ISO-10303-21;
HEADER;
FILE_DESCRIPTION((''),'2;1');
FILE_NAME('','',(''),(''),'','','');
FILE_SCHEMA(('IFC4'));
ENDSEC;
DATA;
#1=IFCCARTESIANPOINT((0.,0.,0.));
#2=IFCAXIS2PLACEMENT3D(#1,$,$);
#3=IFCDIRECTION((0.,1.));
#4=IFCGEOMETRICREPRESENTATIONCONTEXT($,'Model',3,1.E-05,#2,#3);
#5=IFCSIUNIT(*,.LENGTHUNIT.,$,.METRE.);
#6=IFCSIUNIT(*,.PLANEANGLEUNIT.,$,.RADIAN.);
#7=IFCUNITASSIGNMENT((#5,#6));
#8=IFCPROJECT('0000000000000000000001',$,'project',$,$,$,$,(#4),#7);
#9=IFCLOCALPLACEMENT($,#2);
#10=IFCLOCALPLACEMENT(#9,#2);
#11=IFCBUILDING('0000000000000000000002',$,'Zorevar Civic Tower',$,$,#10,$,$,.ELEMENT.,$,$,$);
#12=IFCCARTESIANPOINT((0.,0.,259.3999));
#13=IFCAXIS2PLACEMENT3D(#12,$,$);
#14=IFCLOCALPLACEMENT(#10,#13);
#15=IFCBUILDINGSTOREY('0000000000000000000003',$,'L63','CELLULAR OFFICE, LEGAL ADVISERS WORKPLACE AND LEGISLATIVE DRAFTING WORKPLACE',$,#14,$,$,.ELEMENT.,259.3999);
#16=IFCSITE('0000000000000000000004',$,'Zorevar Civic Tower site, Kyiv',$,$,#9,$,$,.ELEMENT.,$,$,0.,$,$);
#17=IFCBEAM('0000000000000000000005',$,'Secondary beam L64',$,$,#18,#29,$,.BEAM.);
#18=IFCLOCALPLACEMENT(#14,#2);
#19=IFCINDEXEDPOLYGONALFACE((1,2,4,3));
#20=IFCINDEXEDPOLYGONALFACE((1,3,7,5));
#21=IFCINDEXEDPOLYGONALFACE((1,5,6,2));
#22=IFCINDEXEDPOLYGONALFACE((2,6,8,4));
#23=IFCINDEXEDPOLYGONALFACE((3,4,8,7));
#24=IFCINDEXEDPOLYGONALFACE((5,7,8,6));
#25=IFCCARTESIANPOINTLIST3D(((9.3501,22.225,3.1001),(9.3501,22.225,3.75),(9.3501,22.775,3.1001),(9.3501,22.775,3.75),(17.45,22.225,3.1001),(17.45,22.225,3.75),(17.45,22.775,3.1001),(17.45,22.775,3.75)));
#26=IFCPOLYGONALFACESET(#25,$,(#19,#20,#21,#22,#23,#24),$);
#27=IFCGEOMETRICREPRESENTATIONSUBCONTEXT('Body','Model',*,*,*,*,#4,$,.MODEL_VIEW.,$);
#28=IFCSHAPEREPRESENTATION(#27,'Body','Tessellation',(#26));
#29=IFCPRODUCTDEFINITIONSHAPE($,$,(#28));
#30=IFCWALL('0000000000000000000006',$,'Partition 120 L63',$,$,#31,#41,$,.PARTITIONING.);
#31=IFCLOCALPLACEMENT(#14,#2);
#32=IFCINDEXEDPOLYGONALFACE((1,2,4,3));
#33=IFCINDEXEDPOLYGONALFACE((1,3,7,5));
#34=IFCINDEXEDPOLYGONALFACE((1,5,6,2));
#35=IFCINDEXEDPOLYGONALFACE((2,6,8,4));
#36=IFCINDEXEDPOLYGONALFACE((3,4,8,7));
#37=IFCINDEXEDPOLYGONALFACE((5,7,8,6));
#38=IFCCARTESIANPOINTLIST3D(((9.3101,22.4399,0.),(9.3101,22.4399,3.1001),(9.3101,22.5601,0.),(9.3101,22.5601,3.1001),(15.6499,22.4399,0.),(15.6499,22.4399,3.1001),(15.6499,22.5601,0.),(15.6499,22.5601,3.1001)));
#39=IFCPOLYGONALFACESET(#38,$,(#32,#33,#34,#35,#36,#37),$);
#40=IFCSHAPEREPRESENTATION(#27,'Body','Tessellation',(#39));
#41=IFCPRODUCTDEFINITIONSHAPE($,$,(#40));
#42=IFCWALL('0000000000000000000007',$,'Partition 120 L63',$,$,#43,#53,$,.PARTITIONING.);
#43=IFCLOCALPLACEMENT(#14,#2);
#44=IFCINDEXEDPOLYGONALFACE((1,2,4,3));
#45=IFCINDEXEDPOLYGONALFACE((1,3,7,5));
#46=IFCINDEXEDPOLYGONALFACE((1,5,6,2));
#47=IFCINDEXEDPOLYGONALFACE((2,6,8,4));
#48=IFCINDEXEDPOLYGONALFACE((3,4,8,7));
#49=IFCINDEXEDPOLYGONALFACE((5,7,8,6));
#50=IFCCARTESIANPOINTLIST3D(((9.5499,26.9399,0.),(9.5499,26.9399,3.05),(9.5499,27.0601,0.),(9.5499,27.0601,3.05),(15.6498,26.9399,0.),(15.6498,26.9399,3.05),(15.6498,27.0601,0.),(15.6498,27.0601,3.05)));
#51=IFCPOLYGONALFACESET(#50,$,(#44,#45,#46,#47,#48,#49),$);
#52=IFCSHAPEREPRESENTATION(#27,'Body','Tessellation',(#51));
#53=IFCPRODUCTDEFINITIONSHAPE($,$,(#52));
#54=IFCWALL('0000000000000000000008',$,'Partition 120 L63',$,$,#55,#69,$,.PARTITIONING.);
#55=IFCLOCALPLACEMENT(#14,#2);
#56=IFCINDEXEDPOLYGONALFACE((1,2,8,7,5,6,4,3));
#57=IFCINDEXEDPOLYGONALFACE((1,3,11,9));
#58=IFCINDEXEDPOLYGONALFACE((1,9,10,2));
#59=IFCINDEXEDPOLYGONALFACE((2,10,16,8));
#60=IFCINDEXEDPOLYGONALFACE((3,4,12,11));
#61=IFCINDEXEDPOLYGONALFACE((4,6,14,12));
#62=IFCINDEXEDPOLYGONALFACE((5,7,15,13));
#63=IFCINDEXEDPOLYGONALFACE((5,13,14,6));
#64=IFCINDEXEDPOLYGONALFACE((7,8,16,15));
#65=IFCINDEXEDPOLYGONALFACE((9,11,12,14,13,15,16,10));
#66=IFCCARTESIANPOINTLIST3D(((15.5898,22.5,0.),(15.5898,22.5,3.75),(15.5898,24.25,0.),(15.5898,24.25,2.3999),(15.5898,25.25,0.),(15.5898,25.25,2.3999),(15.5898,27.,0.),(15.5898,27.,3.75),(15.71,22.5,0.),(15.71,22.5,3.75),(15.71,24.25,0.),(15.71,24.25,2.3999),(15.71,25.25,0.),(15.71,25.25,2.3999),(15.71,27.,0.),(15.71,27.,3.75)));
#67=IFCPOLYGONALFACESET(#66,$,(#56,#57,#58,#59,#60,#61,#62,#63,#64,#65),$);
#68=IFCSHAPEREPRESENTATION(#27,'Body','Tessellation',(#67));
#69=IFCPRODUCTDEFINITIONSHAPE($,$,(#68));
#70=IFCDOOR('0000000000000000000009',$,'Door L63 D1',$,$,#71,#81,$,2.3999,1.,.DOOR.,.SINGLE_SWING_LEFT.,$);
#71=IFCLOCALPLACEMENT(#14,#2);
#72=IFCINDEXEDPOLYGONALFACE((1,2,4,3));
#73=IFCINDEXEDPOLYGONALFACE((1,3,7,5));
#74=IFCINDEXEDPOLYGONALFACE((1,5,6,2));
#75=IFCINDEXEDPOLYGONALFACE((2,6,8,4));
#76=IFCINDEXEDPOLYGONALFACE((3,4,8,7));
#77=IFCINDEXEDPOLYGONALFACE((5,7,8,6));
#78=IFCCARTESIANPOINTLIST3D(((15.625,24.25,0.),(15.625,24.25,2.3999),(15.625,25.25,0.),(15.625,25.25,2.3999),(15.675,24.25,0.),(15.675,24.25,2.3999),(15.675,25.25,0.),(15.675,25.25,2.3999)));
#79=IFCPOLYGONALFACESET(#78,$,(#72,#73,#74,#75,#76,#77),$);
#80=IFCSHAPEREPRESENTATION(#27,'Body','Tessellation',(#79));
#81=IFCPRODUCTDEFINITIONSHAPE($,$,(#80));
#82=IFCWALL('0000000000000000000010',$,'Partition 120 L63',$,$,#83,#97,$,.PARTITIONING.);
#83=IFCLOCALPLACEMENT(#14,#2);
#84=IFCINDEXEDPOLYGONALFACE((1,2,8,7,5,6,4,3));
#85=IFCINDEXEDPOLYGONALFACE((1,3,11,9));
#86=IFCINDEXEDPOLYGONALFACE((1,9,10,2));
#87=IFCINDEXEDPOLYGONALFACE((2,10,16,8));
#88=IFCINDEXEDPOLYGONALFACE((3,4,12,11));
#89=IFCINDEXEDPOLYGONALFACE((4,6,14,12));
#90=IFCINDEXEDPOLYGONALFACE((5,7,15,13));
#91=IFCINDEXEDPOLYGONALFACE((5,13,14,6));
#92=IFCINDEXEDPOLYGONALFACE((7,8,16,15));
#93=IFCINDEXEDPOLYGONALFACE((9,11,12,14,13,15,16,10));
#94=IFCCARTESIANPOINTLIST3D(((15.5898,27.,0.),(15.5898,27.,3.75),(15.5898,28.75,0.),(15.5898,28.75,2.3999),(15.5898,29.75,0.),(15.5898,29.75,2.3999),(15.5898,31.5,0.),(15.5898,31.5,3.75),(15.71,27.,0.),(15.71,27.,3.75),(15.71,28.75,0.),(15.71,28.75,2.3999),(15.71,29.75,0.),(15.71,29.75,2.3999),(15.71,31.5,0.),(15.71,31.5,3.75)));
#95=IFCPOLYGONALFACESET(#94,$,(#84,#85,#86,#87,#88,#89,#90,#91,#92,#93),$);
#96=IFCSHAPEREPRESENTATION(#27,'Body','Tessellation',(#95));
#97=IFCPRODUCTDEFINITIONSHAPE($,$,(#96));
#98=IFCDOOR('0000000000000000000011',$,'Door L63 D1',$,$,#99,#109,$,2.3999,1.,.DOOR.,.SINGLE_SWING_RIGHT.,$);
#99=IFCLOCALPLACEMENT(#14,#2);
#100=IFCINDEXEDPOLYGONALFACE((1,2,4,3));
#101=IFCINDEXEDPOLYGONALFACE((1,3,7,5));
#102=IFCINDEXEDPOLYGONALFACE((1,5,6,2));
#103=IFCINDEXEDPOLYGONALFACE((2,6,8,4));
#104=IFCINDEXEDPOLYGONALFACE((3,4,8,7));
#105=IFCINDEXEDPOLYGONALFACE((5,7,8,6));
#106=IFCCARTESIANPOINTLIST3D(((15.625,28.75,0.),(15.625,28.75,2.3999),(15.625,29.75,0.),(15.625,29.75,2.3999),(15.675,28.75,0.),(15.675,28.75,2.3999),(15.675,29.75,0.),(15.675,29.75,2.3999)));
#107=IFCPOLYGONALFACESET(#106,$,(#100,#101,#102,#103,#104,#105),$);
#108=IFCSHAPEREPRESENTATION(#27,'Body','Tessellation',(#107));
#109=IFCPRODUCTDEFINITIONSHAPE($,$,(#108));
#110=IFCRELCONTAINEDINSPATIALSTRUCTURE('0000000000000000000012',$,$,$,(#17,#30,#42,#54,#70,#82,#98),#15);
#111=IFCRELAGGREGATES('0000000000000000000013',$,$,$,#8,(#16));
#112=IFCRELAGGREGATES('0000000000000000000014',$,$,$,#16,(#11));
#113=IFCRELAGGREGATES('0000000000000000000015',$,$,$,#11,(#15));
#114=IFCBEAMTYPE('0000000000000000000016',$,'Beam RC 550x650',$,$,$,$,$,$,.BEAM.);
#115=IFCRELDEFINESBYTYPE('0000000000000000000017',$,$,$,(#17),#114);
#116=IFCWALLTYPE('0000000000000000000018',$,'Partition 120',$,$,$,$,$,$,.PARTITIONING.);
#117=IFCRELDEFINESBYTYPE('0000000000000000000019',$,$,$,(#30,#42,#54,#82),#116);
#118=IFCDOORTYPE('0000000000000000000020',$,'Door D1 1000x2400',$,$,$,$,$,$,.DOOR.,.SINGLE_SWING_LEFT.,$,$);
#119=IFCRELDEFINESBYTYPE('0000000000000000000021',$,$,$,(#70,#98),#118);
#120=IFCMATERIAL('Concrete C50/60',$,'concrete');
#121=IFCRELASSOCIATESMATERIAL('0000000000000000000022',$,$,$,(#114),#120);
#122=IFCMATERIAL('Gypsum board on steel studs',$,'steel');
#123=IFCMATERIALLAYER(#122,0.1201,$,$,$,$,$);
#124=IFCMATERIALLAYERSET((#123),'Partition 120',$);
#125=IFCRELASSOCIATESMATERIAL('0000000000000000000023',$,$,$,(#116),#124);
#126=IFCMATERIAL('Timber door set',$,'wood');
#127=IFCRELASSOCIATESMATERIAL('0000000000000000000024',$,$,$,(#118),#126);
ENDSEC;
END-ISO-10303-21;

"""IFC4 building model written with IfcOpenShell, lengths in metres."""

from ifc_helpers import new_model, si_unit, direction, frame, frame_2d, origin, origin_2d, place, context, subcontext, project, spatial, rectangle, extrude, material, layer, layer_set, material_profile, profile_set, type_object, element, fill, save


model = new_model("IFC4")

# Units and contexts
model_context = context("Model", 3, precision=1e-05, world=origin(), true_north=direction((0.0, 1.0)))
body_context = subcontext(model_context, "Body", "Model", "MODEL_VIEW")
ifc_project = project(units=[si_unit("LENGTHUNIT", "METRE"), si_unit("PLANEANGLEUNIT", "RADIAN")], contexts=[model_context])

# Site, building, storey
site_placement = place(None, origin())
site = spatial("IfcSite", under=ifc_project, at=site_placement, Name="Zorevar Civic Tower site, Kyiv", CompositionType="ELEMENT", RefElevation=0.0)
building_placement = place(site_placement, origin())
building = spatial("IfcBuilding", under=site, at=building_placement, Name="Zorevar Civic Tower", CompositionType="ELEMENT")
storey_placement = place(building_placement, frame((0.0, 0.0, 259.3999)))
storey = spatial("IfcBuildingStorey", under=building, at=storey_placement, Name="L63", Description="CELLULAR OFFICE, LEGAL ADVISERS WORKPLACE AND LEGISLATIVE DRAFTING WORKPLACE", CompositionType="ELEMENT", Elevation=259.3999)

# Beam
ifc_material_1 = material(Name="Concrete C50/60", Category="concrete")
ifc_material_profile = material_profile(ifc_material_1, rectangle(XDim=0.55, YDim=0.6499, at=origin_2d()), Name="RC 550x650")
ifc_profile_set = profile_set([ifc_material_profile], Name="Concrete C50/60")
beam_type = type_object("IfcBeamType", Name="Beam RC 550x650", PredefinedType="BEAM", material=ifc_profile_set)
beam_placement = place(storey_placement, frame((9.3501, 22.5, 3.425), z_axis=(1.0, 0.0, 0.0), x_axis=(0.0, 1.0, 0.0)))
element("IfcBeam", 1, at=beam_placement, inside=storey, type_object=beam_type, Name="Secondary beam L64", PredefinedType="BEAM", context=body_context, shape_type="SweptSolid", body=[
    extrude(rectangle(XDim=0.55, YDim=0.6499, at=origin_2d()), origin(), (0.0, 0.0, 1.0), 8.0999),
])

# Walls
ifc_material_2 = material(Name="Gypsum board on steel studs", Category="steel")
ifc_layer = layer(ifc_material_2, 0.1201)
ifc_layer_set = layer_set([ifc_layer], Name="Partition 120")
wall_type = type_object("IfcWallType", Name="Partition 120", PredefinedType="PARTITIONING", material=ifc_layer_set)
wall_1_placement = place(storey_placement, frame((9.3101, 22.5, 0.0), z_axis=(0.0, 0.0, 1.0), x_axis=(1.0, 0.0, 0.0)))
element("IfcWall", 2, at=wall_1_placement, inside=storey, type_object=wall_type, Name="Partition 120 L63", PredefinedType="PARTITIONING", context=body_context, shape_type="SweptSolid", body=[
    extrude(rectangle(XDim=6.3398, YDim=0.1201, at=frame_2d((3.1699, 0.0))), origin(), (0.0, 0.0, 1.0), 3.1001),
])
wall_2_placement = place(storey_placement, frame((9.55, 27.0, 0.0), z_axis=(0.0, 0.0, 1.0), x_axis=(1.0, 0.0, 0.0)))
element("IfcWall", 3, at=wall_2_placement, inside=storey, type_object=wall_type, Name="Partition 120 L63", PredefinedType="PARTITIONING", context=body_context, shape_type="SweptSolid", body=[
    extrude(rectangle(XDim=6.0999, YDim=0.1201, at=frame_2d((3.0498, 0.0))), origin(), (0.0, 0.0, 1.0), 3.05),
])

# Walls, openings, doors
wall_3_placement = place(storey_placement, frame((15.6499, 22.5, 0.0), z_axis=(0.0, 0.0, 1.0), x_axis=(0.0, 1.0, 0.0)))
wall_3 = element("IfcWall", 4, at=wall_3_placement, inside=storey, type_object=wall_type, Name="Partition 120 L63", PredefinedType="PARTITIONING", context=body_context, shape_type="SweptSolid", body=[
    extrude(rectangle(XDim=4.5, YDim=0.1201, at=frame_2d((2.25, 0.0))), origin(), (0.0, 0.0, 1.0), 3.75),
])
opening_1_placement = place(wall_3_placement, frame((1.75, 0.0, 0.0)))
opening_1 = element("IfcOpeningElement", 5, at=opening_1_placement, cuts=wall_3, PredefinedType="OPENING", context=body_context, shape_type="SweptSolid", body=[
    extrude(rectangle(XDim=1.0, YDim=2.3999, at=frame_2d((0.5, 1.2))), frame((0.0, 0.0701, 0.0), z_axis=(0.0, -1.0, 0.0), x_axis=(1.0, 0.0, 0.0)), (0.0, 0.0, 1.0), 0.1401),
])
ifc_material_3 = material(Name="Timber door set", Category="wood")
door_type = type_object("IfcDoorType", Name="Door D1 1000x2400", OperationType="SINGLE_SWING_LEFT", PredefinedType="DOOR", material=ifc_material_3)
door_1_placement = place(opening_1_placement, origin())
door_1 = element("IfcDoor", 6, at=door_1_placement, inside=storey, type_object=door_type, Name="Door L63 D1", OperationType="SINGLE_SWING_LEFT", OverallHeight=2.3999, OverallWidth=1.0, PredefinedType="DOOR", context=body_context, shape_type="SweptSolid", body=[
    extrude(rectangle(XDim=1.0, YDim=2.3999, at=frame_2d((0.5, 1.2))), frame((0.0, 0.0249, 0.0), z_axis=(0.0, -1.0, 0.0), x_axis=(1.0, 0.0, 0.0)), (0.0, 0.0, 1.0), 0.05),
])
fill(opening_1, door_1)
wall_4_placement = place(storey_placement, frame((15.6499, 27.0, 0.0), z_axis=(0.0, 0.0, 1.0), x_axis=(0.0, 1.0, 0.0)))
wall_4 = element("IfcWall", 7, at=wall_4_placement, inside=storey, type_object=wall_type, Name="Partition 120 L63", PredefinedType="PARTITIONING", context=body_context, shape_type="SweptSolid", body=[
    extrude(rectangle(XDim=4.5, YDim=0.1201, at=frame_2d((2.25, 0.0))), origin(), (0.0, 0.0, 1.0), 3.75),
])
opening_2_placement = place(wall_4_placement, frame((1.75, 0.0, 0.0)))
opening_2 = element("IfcOpeningElement", 8, at=opening_2_placement, cuts=wall_4, PredefinedType="OPENING", context=body_context, shape_type="SweptSolid", body=[
    extrude(rectangle(XDim=1.0, YDim=2.3999, at=frame_2d((0.5, 1.2))), frame((0.0, 0.0701, 0.0), z_axis=(0.0, -1.0, 0.0), x_axis=(1.0, 0.0, 0.0)), (0.0, 0.0, 1.0), 0.1401),
])
door_2_placement = place(opening_2_placement, origin())
door_2 = element("IfcDoor", 9, at=door_2_placement, inside=storey, type_object=door_type, Name="Door L63 D1", OperationType="SINGLE_SWING_RIGHT", OverallHeight=2.3999, OverallWidth=1.0, PredefinedType="DOOR", context=body_context, shape_type="SweptSolid", body=[
    extrude(rectangle(XDim=1.0, YDim=2.3999, at=frame_2d((0.5, 1.2))), frame((0.0, 0.0249, 0.0), z_axis=(0.0, -1.0, 0.0), x_axis=(1.0, 0.0, 0.0)), (0.0, 0.0, 1.0), 0.05),
])
fill(opening_2, door_2)

save(model, "model.ifc")
